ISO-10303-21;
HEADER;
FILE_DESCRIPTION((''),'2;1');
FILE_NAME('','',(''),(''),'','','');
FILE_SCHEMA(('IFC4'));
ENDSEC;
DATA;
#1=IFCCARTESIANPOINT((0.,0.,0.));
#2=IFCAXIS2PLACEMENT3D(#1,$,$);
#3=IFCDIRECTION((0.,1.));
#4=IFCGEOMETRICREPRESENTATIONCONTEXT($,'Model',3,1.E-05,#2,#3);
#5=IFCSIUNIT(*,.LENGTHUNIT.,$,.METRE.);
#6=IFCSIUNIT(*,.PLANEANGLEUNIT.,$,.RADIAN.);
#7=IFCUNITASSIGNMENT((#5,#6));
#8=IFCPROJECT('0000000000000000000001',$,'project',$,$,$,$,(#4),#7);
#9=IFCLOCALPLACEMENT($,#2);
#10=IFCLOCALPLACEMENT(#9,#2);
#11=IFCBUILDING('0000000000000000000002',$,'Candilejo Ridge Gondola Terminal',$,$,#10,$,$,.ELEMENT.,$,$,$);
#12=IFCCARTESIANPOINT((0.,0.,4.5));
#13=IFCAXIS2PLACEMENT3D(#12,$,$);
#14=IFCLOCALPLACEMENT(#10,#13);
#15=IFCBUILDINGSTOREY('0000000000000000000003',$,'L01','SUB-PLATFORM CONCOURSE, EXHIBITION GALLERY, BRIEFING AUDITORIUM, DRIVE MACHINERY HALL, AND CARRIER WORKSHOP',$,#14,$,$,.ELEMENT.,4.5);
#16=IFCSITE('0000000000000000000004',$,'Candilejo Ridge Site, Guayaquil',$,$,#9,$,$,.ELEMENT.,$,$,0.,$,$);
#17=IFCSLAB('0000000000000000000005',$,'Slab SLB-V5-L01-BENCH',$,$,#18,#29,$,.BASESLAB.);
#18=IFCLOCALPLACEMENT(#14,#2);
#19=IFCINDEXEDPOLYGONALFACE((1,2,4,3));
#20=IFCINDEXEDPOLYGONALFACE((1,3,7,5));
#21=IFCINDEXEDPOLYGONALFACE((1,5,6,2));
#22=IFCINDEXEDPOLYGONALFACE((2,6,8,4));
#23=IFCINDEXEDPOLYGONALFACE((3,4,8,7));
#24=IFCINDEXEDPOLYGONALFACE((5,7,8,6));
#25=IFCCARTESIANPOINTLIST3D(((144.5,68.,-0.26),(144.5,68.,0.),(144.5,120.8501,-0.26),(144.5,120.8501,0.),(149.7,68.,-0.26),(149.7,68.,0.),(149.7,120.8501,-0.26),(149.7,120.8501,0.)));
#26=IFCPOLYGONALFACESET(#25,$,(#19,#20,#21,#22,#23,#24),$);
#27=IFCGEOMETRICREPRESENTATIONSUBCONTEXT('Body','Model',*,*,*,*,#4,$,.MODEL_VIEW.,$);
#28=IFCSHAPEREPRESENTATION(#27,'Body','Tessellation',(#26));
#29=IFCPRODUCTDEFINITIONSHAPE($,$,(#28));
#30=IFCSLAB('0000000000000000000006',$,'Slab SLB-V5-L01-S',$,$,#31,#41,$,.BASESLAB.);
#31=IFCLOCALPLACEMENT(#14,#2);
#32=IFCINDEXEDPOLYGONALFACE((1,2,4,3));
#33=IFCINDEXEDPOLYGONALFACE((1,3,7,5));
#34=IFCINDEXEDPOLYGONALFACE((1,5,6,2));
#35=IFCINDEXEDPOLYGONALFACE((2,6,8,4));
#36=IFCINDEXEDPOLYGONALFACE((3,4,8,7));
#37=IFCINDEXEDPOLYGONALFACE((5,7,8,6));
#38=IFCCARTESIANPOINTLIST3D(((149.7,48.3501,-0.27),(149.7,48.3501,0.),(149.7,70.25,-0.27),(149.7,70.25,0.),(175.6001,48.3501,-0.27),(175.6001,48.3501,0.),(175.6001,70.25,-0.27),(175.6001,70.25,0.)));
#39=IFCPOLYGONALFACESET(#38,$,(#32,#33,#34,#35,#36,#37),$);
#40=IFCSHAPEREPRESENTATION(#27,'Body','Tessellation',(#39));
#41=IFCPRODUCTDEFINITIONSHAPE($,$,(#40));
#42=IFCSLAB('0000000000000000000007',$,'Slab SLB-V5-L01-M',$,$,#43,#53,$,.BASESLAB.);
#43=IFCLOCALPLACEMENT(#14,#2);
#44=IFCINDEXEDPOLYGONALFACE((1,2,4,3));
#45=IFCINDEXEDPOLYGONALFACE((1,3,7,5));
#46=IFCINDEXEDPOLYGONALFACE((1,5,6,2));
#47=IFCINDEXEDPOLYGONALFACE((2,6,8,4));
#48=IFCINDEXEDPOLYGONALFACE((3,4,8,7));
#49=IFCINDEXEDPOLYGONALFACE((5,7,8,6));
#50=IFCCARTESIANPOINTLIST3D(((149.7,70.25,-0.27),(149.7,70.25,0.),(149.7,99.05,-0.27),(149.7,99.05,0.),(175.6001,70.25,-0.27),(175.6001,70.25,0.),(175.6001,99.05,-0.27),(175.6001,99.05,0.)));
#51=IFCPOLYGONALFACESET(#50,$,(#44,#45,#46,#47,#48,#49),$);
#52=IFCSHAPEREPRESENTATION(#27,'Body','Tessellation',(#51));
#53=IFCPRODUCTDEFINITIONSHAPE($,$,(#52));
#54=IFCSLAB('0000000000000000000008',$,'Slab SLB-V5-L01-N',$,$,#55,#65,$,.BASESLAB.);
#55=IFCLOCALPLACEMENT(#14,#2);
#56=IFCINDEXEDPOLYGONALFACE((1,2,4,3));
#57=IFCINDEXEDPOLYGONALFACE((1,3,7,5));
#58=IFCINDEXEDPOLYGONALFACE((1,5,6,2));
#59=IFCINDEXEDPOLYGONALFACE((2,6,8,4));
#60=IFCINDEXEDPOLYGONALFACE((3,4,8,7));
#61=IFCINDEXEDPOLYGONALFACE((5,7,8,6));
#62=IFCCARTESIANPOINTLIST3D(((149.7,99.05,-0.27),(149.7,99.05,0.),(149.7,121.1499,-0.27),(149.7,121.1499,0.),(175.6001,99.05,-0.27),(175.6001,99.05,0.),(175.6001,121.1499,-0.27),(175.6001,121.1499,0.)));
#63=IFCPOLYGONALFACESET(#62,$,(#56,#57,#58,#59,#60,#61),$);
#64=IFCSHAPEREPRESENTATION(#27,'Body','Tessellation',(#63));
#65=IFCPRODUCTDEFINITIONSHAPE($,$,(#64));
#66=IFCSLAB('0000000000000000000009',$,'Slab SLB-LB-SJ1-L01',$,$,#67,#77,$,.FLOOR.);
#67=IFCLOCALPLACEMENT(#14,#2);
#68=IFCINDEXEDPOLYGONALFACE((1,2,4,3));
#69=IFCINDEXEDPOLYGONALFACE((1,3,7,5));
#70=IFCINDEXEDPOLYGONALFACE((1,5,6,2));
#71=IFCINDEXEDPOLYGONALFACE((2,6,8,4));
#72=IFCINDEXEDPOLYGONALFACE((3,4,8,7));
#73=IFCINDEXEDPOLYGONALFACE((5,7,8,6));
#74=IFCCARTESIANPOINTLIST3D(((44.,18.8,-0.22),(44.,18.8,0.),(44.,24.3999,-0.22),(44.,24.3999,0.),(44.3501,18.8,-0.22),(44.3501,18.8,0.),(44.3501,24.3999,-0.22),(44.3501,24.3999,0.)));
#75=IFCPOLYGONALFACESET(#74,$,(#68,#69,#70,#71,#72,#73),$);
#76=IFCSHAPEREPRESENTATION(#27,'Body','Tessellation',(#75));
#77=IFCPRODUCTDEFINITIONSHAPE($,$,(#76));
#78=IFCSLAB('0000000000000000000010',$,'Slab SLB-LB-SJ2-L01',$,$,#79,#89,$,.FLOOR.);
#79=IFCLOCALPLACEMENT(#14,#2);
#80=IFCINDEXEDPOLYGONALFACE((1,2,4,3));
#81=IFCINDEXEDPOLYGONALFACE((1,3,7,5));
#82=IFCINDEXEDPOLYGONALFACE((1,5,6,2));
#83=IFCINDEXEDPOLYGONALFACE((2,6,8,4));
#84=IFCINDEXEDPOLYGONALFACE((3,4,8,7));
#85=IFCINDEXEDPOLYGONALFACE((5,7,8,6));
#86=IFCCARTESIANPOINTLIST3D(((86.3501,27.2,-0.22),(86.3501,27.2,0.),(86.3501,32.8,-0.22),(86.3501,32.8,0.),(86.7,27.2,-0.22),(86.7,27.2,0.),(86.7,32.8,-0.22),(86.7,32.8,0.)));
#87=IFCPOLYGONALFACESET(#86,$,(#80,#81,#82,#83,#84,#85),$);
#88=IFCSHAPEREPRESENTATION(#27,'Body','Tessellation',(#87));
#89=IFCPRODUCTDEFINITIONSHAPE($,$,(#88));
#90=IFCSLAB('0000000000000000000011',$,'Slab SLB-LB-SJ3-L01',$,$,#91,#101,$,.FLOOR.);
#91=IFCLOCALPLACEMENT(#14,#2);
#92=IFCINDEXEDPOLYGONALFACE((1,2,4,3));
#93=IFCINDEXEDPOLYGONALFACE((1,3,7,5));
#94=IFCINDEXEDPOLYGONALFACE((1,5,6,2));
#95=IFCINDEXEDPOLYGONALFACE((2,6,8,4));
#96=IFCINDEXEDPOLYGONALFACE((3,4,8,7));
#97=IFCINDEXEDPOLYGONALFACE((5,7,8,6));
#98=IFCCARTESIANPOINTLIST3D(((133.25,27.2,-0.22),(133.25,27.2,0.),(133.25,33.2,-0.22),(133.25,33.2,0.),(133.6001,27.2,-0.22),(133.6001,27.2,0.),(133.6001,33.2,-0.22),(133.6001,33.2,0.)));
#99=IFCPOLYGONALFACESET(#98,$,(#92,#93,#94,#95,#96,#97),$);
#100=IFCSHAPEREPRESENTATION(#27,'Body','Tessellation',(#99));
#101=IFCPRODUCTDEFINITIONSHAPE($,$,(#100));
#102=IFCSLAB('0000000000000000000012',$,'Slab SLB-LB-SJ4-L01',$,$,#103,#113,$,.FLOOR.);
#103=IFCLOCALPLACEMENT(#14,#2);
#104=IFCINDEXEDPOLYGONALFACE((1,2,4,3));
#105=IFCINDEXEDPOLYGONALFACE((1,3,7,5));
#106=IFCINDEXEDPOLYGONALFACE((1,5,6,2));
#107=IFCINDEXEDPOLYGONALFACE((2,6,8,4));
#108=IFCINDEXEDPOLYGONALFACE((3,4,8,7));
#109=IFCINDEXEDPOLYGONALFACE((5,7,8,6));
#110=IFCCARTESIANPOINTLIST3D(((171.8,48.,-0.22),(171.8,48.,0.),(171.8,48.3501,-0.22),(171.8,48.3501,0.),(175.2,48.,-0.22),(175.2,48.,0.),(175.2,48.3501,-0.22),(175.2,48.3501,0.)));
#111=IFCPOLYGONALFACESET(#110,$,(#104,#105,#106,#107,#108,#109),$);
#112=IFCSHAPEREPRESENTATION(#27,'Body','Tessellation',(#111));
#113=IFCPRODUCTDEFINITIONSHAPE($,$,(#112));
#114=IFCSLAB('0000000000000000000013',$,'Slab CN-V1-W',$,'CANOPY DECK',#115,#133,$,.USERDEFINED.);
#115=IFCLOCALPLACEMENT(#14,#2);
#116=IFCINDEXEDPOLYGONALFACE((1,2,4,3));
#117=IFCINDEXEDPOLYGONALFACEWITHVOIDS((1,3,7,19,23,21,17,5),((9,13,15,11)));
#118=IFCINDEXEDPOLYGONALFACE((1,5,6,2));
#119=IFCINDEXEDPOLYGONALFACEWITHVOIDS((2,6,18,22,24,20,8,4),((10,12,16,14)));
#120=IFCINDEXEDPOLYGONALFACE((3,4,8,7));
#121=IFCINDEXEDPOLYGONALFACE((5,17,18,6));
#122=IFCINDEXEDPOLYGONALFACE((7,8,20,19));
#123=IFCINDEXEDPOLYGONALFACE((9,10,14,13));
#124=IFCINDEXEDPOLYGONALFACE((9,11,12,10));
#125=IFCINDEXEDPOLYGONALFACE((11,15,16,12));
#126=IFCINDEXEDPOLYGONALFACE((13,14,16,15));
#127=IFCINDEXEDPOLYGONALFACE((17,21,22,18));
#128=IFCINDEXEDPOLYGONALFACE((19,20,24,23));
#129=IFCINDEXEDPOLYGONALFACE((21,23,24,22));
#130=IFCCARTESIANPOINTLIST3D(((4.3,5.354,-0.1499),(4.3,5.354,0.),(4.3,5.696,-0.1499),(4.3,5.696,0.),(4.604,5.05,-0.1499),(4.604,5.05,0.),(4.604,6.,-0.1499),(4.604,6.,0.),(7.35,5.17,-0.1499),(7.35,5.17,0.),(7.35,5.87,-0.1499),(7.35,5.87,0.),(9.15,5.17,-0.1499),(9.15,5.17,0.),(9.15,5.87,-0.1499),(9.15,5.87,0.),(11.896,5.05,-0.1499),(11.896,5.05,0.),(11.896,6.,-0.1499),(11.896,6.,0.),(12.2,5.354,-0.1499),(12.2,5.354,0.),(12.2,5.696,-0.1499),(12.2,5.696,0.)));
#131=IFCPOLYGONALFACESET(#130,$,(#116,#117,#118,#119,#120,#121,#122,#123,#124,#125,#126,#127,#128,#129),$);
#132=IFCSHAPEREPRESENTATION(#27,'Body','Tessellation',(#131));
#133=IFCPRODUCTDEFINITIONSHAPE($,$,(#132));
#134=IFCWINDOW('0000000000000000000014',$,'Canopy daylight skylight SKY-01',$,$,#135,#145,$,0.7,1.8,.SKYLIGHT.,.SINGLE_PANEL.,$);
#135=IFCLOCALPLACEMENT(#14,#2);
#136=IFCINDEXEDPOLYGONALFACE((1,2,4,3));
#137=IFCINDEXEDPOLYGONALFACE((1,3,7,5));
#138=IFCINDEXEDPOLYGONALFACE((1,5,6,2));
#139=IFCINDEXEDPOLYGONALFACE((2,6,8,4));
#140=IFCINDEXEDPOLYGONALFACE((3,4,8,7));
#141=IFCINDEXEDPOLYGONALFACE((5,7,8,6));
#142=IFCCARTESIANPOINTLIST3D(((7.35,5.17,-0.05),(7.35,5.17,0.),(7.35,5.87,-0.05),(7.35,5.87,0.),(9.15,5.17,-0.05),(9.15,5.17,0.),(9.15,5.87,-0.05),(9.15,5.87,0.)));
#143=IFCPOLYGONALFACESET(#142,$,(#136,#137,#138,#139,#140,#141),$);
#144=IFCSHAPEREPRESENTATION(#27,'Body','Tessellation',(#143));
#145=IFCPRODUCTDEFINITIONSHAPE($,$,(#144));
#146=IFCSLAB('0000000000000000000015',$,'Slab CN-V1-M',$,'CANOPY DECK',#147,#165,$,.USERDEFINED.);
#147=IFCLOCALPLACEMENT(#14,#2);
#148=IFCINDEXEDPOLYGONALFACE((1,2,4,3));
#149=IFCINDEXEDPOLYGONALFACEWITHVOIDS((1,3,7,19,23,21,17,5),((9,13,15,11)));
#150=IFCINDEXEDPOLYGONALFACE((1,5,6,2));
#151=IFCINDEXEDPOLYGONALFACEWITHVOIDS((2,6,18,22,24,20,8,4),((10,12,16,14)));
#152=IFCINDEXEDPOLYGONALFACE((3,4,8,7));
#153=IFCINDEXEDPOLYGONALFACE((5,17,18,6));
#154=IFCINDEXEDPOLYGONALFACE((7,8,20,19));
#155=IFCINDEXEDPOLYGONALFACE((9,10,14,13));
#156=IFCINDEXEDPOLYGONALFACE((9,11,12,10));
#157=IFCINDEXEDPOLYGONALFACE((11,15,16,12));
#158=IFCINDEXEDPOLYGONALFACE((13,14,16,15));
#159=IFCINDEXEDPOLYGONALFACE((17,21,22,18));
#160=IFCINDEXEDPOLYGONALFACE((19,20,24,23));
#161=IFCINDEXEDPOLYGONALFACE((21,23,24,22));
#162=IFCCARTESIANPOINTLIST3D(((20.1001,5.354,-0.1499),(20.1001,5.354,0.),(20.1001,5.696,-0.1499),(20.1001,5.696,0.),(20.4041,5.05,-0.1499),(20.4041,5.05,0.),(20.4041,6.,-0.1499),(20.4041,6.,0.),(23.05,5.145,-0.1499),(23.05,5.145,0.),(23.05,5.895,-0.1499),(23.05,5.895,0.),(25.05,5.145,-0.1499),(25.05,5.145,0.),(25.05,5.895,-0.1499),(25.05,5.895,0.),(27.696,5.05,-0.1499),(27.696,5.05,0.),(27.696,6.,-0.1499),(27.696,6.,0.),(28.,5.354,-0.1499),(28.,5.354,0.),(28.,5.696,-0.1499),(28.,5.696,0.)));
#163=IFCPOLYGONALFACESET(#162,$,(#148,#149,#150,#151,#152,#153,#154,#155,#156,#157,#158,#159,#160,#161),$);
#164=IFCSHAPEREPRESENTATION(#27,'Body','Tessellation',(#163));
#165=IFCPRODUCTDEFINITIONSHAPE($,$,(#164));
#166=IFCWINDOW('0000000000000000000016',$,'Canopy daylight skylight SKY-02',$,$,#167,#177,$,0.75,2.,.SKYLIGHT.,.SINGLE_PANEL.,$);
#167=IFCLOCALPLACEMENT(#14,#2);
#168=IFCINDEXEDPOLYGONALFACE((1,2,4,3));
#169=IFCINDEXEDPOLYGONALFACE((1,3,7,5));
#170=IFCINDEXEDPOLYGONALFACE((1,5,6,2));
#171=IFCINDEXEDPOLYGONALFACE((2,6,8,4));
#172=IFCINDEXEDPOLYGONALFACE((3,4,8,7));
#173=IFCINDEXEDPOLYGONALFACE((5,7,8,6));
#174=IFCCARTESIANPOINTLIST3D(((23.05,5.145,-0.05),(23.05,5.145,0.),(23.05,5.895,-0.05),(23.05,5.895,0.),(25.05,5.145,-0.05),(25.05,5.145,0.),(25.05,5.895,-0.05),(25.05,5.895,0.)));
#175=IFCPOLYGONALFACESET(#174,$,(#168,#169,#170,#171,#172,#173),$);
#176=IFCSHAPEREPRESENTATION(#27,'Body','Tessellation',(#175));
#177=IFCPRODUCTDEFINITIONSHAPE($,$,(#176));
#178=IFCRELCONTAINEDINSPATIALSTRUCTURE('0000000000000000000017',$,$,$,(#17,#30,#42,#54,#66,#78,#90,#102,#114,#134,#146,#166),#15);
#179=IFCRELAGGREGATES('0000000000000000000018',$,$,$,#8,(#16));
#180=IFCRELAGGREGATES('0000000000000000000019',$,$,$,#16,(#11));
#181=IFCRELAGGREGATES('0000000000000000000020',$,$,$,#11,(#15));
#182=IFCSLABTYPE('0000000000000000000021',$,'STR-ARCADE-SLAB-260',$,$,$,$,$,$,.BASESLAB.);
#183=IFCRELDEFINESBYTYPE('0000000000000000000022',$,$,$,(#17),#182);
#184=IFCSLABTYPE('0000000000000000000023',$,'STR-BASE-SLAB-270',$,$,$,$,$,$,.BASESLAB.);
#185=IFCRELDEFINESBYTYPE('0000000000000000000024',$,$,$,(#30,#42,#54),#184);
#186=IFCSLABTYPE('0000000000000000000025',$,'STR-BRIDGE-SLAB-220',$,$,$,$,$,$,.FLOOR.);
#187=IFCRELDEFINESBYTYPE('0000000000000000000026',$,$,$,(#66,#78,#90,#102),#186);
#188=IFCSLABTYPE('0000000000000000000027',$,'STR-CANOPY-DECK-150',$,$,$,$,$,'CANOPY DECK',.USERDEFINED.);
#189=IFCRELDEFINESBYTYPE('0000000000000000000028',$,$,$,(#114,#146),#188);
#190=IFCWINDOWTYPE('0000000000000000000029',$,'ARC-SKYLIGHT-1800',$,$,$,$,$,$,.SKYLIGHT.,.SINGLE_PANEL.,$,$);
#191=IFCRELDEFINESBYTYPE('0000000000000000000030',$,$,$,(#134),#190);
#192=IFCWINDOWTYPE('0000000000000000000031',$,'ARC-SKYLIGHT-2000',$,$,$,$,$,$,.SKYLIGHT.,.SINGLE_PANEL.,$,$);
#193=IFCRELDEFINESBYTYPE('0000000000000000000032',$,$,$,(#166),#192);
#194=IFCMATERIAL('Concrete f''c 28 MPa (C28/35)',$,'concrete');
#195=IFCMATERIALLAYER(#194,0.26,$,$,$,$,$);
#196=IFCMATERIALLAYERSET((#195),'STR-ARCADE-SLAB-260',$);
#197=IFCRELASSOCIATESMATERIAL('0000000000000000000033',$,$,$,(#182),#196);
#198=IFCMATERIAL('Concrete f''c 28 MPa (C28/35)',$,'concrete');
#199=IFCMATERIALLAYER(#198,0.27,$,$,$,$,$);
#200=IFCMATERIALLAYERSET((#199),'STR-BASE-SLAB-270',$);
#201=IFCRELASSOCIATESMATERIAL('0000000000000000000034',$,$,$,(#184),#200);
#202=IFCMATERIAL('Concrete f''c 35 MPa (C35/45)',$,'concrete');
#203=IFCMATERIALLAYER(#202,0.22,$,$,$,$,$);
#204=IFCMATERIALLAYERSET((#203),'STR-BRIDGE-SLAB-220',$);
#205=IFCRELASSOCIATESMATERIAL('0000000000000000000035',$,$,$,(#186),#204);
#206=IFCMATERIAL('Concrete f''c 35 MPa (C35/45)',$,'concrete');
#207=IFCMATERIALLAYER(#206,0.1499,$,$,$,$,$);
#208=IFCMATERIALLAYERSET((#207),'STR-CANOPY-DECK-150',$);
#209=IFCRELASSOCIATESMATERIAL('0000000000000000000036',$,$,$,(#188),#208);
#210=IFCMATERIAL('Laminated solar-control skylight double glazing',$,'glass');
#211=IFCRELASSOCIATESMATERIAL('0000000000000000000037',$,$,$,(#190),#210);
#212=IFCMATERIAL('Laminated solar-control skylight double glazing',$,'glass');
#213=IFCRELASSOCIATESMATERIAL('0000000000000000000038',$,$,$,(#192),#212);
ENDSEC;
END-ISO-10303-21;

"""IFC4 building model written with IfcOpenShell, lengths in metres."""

from ifc_helpers import new_model, si_unit, direction, frame, origin, origin_2d, place, context, subcontext, project, spatial, polyline, rectangle, outline, extrude, material, layer, layer_set, type_object, element, fill, save


model = new_model("IFC4")

# Units and contexts
model_context = context("Model", 3, precision=1e-05, world=origin(), true_north=direction((0.0, 1.0)))
body_context = subcontext(model_context, "Body", "Model", "MODEL_VIEW")
ifc_project = project(units=[si_unit("LENGTHUNIT", "METRE"), si_unit("PLANEANGLEUNIT", "RADIAN")], contexts=[model_context])

# Site, building, storey
site_placement = place(None, origin())
site = spatial("IfcSite", under=ifc_project, at=site_placement, Name="Candilejo Ridge Site, Guayaquil", CompositionType="ELEMENT", RefElevation=0.0)
building_placement = place(site_placement, origin())
building = spatial("IfcBuilding", under=site, at=building_placement, Name="Candilejo Ridge Gondola Terminal", CompositionType="ELEMENT")
storey_placement = place(building_placement, frame((0.0, 0.0, 4.5)))
storey = spatial("IfcBuildingStorey", under=building, at=storey_placement, Name="L01", Description="SUB-PLATFORM CONCOURSE, EXHIBITION GALLERY, BRIEFING AUDITORIUM, DRIVE MACHINERY HALL, AND CARRIER WORKSHOP", CompositionType="ELEMENT", Elevation=4.5)

# Slabs
ifc_material_1 = material(Name="Concrete f'c 28 MPa (C28/35)", Category="concrete")
ifc_layer_1 = layer(ifc_material_1, 0.26)
ifc_layer_set_1 = layer_set([ifc_layer_1], Name="STR-ARCADE-SLAB-260")
slab_type_1 = type_object("IfcSlabType", Name="STR-ARCADE-SLAB-260", PredefinedType="BASESLAB", material=ifc_layer_set_1)
slab_1_placement = place(storey_placement, frame((0.0, 0.0, -0.26)))
element("IfcSlab", 1, at=slab_1_placement, inside=storey, type_object=slab_type_1, Name="Slab SLB-V5-L01-BENCH", PredefinedType="BASESLAB", context=body_context, shape_type="SweptSolid", body=[
    extrude(outline(polyline([(144.5, 68.0), (149.7, 68.0), (149.7, 120.8501), (144.5, 120.8501), (144.5, 68.0)])), origin(), (0.0, 0.0, 1.0), 0.26),
])
ifc_material_2 = material(Name="Concrete f'c 28 MPa (C28/35)", Category="concrete")
ifc_layer_2 = layer(ifc_material_2, 0.27)
ifc_layer_set_2 = layer_set([ifc_layer_2], Name="STR-BASE-SLAB-270")
slab_type_2 = type_object("IfcSlabType", Name="STR-BASE-SLAB-270", PredefinedType="BASESLAB", material=ifc_layer_set_2)
slab_2_placement = place(storey_placement, frame((0.0, 0.0, -0.27)))
element("IfcSlab", 2, at=slab_2_placement, inside=storey, type_object=slab_type_2, Name="Slab SLB-V5-L01-S", PredefinedType="BASESLAB", context=body_context, shape_type="SweptSolid", body=[
    extrude(outline(polyline([(149.7, 48.3501), (175.6001, 48.3501), (175.6001, 70.25), (149.7, 70.25), (149.7, 48.3501)])), origin(), (0.0, 0.0, 1.0), 0.27),
])
slab_3_placement = place(storey_placement, frame((0.0, 0.0, -0.27)))
element("IfcSlab", 3, at=slab_3_placement, inside=storey, type_object=slab_type_2, Name="Slab SLB-V5-L01-M", PredefinedType="BASESLAB", context=body_context, shape_type="SweptSolid", body=[
    extrude(outline(polyline([(149.7, 70.25), (175.6001, 70.25), (175.6001, 99.05), (149.7, 99.05), (149.7, 70.25)])), origin(), (0.0, 0.0, 1.0), 0.27),
])
slab_4_placement = place(storey_placement, frame((0.0, 0.0, -0.27)))
element("IfcSlab", 4, at=slab_4_placement, inside=storey, type_object=slab_type_2, Name="Slab SLB-V5-L01-N", PredefinedType="BASESLAB", context=body_context, shape_type="SweptSolid", body=[
    extrude(outline(polyline([(149.7, 99.05), (175.6001, 99.05), (175.6001, 121.1499), (149.7, 121.1499), (149.7, 99.05)])), origin(), (0.0, 0.0, 1.0), 0.27),
])
ifc_material_3 = material(Name="Concrete f'c 35 MPa (C35/45)", Category="concrete")
ifc_layer_3 = layer(ifc_material_3, 0.22)
ifc_layer_set_3 = layer_set([ifc_layer_3], Name="STR-BRIDGE-SLAB-220")
slab_type_3 = type_object("IfcSlabType", Name="STR-BRIDGE-SLAB-220", PredefinedType="FLOOR", material=ifc_layer_set_3)
slab_5_placement = place(storey_placement, frame((0.0, 0.0, -0.22)))
element("IfcSlab", 5, at=slab_5_placement, inside=storey, type_object=slab_type_3, Name="Slab SLB-LB-SJ1-L01", PredefinedType="FLOOR", context=body_context, shape_type="SweptSolid", body=[
    extrude(outline(polyline([(44.0, 18.8), (44.3501, 18.8), (44.3501, 24.3999), (44.0, 24.3999), (44.0, 18.8)])), origin(), (0.0, 0.0, 1.0), 0.22),
])
slab_6_placement = place(storey_placement, frame((0.0, 0.0, -0.22)))
element("IfcSlab", 6, at=slab_6_placement, inside=storey, type_object=slab_type_3, Name="Slab SLB-LB-SJ2-L01", PredefinedType="FLOOR", context=body_context, shape_type="SweptSolid", body=[
    extrude(outline(polyline([(86.3501, 27.2), (86.7, 27.2), (86.7, 32.8), (86.3501, 32.8), (86.3501, 27.2)])), origin(), (0.0, 0.0, 1.0), 0.22),
])
slab_7_placement = place(storey_placement, frame((0.0, 0.0, -0.22)))
element("IfcSlab", 7, at=slab_7_placement, inside=storey, type_object=slab_type_3, Name="Slab SLB-LB-SJ3-L01", PredefinedType="FLOOR", context=body_context, shape_type="SweptSolid", body=[
    extrude(outline(polyline([(133.25, 27.2), (133.6001, 27.2), (133.6001, 33.2), (133.25, 33.2), (133.25, 27.2)])), origin(), (0.0, 0.0, 1.0), 0.22),
])
slab_8_placement = place(storey_placement, frame((0.0, 0.0, -0.22)))
element("IfcSlab", 8, at=slab_8_placement, inside=storey, type_object=slab_type_3, Name="Slab SLB-LB-SJ4-L01", PredefinedType="FLOOR", context=body_context, shape_type="SweptSolid", body=[
    extrude(outline(polyline([(171.8, 48.0), (175.2, 48.0), (175.2, 48.3501), (171.8, 48.3501), (171.8, 48.0)])), origin(), (0.0, 0.0, 1.0), 0.22),
])

# Slabs, openings, windows
ifc_material_4 = material(Name="Concrete f'c 35 MPa (C35/45)", Category="concrete")
ifc_layer_4 = layer(ifc_material_4, 0.1499)
ifc_layer_set_4 = layer_set([ifc_layer_4], Name="STR-CANOPY-DECK-150")
slab_type_4 = type_object("IfcSlabType", Name="STR-CANOPY-DECK-150", ElementType="CANOPY DECK", PredefinedType="USERDEFINED", material=ifc_layer_set_4)
slab_9_placement = place(storey_placement, frame((0.0, 0.0, -0.1499)))
slab_9 = element("IfcSlab", 9, at=slab_9_placement, inside=storey, type_object=slab_type_4, Name="Slab CN-V1-W", ObjectType="CANOPY DECK", PredefinedType="USERDEFINED", context=body_context, shape_type="SweptSolid", body=[
    extrude(outline(polyline([(4.604, 5.05), (11.896, 5.05), (12.2, 5.354), (12.2, 5.696), (11.896, 6.0), (4.604, 6.0), (4.3, 5.696), (4.3, 5.354), (4.604, 5.05)])), origin(), (0.0, 0.0, 1.0), 0.1499),
])
opening_1_placement = place(slab_9_placement, frame((8.25, 5.52, 0.0)))
opening_1 = element("IfcOpeningElement", 10, at=opening_1_placement, cuts=slab_9, PredefinedType="OPENING", context=body_context, shape_type="SweptSolid", body=[
    extrude(rectangle(XDim=1.8, YDim=0.7, at=origin_2d()), origin(), (0.0, 0.0, 1.0), 0.1499),
])
ifc_material_5 = material(Name="Laminated solar-control skylight double glazing", Category="glass")
window_type_1 = type_object("IfcWindowType", Name="ARC-SKYLIGHT-1800", PartitioningType="SINGLE_PANEL", PredefinedType="SKYLIGHT", material=ifc_material_5)
window_1_placement = place(opening_1_placement, frame((0.0, 0.0, 0.0999)))
window_1 = element("IfcWindow", 11, at=window_1_placement, inside=storey, type_object=window_type_1, Name="Canopy daylight skylight SKY-01", OverallHeight=0.7, OverallWidth=1.8, PartitioningType="SINGLE_PANEL", PredefinedType="SKYLIGHT", context=body_context, shape_type="SweptSolid", body=[
    extrude(rectangle(XDim=1.8, YDim=0.7, at=origin_2d()), origin(), (0.0, 0.0, 1.0), 0.05),
])
fill(opening_1, window_1)
slab_10_placement = place(storey_placement, frame((0.0, 0.0, -0.1499)))
slab_10 = element("IfcSlab", 12, at=slab_10_placement, inside=storey, type_object=slab_type_4, Name="Slab CN-V1-M", ObjectType="CANOPY DECK", PredefinedType="USERDEFINED", context=body_context, shape_type="SweptSolid", body=[
    extrude(outline(polyline([(20.4041, 5.05), (27.696, 5.05), (28.0, 5.354), (28.0, 5.696), (27.696, 6.0), (20.4041, 6.0), (20.1001, 5.696), (20.1001, 5.354), (20.4041, 5.05)])), origin(), (0.0, 0.0, 1.0), 0.1499),
])
opening_2_placement = place(slab_10_placement, frame((24.05, 5.52, 0.0)))
opening_2 = element("IfcOpeningElement", 13, at=opening_2_placement, cuts=slab_10, PredefinedType="OPENING", context=body_context, shape_type="SweptSolid", body=[
    extrude(rectangle(XDim=2.0, YDim=0.75, at=origin_2d()), origin(), (0.0, 0.0, 1.0), 0.1499),
])
ifc_material_6 = material(Name="Laminated solar-control skylight double glazing", Category="glass")
window_type_2 = type_object("IfcWindowType", Name="ARC-SKYLIGHT-2000", PartitioningType="SINGLE_PANEL", PredefinedType="SKYLIGHT", material=ifc_material_6)
window_2_placement = place(opening_2_placement, frame((0.0, 0.0, 0.0999)))
window_2 = element("IfcWindow", 14, at=window_2_placement, inside=storey, type_object=window_type_2, Name="Canopy daylight skylight SKY-02", OverallHeight=0.75, OverallWidth=2.0, PartitioningType="SINGLE_PANEL", PredefinedType="SKYLIGHT", context=body_context, shape_type="SweptSolid", body=[
    extrude(rectangle(XDim=2.0, YDim=0.75, at=origin_2d()), origin(), (0.0, 0.0, 1.0), 0.05),
])
fill(opening_2, window_2)

save(model, "model.ifc")
